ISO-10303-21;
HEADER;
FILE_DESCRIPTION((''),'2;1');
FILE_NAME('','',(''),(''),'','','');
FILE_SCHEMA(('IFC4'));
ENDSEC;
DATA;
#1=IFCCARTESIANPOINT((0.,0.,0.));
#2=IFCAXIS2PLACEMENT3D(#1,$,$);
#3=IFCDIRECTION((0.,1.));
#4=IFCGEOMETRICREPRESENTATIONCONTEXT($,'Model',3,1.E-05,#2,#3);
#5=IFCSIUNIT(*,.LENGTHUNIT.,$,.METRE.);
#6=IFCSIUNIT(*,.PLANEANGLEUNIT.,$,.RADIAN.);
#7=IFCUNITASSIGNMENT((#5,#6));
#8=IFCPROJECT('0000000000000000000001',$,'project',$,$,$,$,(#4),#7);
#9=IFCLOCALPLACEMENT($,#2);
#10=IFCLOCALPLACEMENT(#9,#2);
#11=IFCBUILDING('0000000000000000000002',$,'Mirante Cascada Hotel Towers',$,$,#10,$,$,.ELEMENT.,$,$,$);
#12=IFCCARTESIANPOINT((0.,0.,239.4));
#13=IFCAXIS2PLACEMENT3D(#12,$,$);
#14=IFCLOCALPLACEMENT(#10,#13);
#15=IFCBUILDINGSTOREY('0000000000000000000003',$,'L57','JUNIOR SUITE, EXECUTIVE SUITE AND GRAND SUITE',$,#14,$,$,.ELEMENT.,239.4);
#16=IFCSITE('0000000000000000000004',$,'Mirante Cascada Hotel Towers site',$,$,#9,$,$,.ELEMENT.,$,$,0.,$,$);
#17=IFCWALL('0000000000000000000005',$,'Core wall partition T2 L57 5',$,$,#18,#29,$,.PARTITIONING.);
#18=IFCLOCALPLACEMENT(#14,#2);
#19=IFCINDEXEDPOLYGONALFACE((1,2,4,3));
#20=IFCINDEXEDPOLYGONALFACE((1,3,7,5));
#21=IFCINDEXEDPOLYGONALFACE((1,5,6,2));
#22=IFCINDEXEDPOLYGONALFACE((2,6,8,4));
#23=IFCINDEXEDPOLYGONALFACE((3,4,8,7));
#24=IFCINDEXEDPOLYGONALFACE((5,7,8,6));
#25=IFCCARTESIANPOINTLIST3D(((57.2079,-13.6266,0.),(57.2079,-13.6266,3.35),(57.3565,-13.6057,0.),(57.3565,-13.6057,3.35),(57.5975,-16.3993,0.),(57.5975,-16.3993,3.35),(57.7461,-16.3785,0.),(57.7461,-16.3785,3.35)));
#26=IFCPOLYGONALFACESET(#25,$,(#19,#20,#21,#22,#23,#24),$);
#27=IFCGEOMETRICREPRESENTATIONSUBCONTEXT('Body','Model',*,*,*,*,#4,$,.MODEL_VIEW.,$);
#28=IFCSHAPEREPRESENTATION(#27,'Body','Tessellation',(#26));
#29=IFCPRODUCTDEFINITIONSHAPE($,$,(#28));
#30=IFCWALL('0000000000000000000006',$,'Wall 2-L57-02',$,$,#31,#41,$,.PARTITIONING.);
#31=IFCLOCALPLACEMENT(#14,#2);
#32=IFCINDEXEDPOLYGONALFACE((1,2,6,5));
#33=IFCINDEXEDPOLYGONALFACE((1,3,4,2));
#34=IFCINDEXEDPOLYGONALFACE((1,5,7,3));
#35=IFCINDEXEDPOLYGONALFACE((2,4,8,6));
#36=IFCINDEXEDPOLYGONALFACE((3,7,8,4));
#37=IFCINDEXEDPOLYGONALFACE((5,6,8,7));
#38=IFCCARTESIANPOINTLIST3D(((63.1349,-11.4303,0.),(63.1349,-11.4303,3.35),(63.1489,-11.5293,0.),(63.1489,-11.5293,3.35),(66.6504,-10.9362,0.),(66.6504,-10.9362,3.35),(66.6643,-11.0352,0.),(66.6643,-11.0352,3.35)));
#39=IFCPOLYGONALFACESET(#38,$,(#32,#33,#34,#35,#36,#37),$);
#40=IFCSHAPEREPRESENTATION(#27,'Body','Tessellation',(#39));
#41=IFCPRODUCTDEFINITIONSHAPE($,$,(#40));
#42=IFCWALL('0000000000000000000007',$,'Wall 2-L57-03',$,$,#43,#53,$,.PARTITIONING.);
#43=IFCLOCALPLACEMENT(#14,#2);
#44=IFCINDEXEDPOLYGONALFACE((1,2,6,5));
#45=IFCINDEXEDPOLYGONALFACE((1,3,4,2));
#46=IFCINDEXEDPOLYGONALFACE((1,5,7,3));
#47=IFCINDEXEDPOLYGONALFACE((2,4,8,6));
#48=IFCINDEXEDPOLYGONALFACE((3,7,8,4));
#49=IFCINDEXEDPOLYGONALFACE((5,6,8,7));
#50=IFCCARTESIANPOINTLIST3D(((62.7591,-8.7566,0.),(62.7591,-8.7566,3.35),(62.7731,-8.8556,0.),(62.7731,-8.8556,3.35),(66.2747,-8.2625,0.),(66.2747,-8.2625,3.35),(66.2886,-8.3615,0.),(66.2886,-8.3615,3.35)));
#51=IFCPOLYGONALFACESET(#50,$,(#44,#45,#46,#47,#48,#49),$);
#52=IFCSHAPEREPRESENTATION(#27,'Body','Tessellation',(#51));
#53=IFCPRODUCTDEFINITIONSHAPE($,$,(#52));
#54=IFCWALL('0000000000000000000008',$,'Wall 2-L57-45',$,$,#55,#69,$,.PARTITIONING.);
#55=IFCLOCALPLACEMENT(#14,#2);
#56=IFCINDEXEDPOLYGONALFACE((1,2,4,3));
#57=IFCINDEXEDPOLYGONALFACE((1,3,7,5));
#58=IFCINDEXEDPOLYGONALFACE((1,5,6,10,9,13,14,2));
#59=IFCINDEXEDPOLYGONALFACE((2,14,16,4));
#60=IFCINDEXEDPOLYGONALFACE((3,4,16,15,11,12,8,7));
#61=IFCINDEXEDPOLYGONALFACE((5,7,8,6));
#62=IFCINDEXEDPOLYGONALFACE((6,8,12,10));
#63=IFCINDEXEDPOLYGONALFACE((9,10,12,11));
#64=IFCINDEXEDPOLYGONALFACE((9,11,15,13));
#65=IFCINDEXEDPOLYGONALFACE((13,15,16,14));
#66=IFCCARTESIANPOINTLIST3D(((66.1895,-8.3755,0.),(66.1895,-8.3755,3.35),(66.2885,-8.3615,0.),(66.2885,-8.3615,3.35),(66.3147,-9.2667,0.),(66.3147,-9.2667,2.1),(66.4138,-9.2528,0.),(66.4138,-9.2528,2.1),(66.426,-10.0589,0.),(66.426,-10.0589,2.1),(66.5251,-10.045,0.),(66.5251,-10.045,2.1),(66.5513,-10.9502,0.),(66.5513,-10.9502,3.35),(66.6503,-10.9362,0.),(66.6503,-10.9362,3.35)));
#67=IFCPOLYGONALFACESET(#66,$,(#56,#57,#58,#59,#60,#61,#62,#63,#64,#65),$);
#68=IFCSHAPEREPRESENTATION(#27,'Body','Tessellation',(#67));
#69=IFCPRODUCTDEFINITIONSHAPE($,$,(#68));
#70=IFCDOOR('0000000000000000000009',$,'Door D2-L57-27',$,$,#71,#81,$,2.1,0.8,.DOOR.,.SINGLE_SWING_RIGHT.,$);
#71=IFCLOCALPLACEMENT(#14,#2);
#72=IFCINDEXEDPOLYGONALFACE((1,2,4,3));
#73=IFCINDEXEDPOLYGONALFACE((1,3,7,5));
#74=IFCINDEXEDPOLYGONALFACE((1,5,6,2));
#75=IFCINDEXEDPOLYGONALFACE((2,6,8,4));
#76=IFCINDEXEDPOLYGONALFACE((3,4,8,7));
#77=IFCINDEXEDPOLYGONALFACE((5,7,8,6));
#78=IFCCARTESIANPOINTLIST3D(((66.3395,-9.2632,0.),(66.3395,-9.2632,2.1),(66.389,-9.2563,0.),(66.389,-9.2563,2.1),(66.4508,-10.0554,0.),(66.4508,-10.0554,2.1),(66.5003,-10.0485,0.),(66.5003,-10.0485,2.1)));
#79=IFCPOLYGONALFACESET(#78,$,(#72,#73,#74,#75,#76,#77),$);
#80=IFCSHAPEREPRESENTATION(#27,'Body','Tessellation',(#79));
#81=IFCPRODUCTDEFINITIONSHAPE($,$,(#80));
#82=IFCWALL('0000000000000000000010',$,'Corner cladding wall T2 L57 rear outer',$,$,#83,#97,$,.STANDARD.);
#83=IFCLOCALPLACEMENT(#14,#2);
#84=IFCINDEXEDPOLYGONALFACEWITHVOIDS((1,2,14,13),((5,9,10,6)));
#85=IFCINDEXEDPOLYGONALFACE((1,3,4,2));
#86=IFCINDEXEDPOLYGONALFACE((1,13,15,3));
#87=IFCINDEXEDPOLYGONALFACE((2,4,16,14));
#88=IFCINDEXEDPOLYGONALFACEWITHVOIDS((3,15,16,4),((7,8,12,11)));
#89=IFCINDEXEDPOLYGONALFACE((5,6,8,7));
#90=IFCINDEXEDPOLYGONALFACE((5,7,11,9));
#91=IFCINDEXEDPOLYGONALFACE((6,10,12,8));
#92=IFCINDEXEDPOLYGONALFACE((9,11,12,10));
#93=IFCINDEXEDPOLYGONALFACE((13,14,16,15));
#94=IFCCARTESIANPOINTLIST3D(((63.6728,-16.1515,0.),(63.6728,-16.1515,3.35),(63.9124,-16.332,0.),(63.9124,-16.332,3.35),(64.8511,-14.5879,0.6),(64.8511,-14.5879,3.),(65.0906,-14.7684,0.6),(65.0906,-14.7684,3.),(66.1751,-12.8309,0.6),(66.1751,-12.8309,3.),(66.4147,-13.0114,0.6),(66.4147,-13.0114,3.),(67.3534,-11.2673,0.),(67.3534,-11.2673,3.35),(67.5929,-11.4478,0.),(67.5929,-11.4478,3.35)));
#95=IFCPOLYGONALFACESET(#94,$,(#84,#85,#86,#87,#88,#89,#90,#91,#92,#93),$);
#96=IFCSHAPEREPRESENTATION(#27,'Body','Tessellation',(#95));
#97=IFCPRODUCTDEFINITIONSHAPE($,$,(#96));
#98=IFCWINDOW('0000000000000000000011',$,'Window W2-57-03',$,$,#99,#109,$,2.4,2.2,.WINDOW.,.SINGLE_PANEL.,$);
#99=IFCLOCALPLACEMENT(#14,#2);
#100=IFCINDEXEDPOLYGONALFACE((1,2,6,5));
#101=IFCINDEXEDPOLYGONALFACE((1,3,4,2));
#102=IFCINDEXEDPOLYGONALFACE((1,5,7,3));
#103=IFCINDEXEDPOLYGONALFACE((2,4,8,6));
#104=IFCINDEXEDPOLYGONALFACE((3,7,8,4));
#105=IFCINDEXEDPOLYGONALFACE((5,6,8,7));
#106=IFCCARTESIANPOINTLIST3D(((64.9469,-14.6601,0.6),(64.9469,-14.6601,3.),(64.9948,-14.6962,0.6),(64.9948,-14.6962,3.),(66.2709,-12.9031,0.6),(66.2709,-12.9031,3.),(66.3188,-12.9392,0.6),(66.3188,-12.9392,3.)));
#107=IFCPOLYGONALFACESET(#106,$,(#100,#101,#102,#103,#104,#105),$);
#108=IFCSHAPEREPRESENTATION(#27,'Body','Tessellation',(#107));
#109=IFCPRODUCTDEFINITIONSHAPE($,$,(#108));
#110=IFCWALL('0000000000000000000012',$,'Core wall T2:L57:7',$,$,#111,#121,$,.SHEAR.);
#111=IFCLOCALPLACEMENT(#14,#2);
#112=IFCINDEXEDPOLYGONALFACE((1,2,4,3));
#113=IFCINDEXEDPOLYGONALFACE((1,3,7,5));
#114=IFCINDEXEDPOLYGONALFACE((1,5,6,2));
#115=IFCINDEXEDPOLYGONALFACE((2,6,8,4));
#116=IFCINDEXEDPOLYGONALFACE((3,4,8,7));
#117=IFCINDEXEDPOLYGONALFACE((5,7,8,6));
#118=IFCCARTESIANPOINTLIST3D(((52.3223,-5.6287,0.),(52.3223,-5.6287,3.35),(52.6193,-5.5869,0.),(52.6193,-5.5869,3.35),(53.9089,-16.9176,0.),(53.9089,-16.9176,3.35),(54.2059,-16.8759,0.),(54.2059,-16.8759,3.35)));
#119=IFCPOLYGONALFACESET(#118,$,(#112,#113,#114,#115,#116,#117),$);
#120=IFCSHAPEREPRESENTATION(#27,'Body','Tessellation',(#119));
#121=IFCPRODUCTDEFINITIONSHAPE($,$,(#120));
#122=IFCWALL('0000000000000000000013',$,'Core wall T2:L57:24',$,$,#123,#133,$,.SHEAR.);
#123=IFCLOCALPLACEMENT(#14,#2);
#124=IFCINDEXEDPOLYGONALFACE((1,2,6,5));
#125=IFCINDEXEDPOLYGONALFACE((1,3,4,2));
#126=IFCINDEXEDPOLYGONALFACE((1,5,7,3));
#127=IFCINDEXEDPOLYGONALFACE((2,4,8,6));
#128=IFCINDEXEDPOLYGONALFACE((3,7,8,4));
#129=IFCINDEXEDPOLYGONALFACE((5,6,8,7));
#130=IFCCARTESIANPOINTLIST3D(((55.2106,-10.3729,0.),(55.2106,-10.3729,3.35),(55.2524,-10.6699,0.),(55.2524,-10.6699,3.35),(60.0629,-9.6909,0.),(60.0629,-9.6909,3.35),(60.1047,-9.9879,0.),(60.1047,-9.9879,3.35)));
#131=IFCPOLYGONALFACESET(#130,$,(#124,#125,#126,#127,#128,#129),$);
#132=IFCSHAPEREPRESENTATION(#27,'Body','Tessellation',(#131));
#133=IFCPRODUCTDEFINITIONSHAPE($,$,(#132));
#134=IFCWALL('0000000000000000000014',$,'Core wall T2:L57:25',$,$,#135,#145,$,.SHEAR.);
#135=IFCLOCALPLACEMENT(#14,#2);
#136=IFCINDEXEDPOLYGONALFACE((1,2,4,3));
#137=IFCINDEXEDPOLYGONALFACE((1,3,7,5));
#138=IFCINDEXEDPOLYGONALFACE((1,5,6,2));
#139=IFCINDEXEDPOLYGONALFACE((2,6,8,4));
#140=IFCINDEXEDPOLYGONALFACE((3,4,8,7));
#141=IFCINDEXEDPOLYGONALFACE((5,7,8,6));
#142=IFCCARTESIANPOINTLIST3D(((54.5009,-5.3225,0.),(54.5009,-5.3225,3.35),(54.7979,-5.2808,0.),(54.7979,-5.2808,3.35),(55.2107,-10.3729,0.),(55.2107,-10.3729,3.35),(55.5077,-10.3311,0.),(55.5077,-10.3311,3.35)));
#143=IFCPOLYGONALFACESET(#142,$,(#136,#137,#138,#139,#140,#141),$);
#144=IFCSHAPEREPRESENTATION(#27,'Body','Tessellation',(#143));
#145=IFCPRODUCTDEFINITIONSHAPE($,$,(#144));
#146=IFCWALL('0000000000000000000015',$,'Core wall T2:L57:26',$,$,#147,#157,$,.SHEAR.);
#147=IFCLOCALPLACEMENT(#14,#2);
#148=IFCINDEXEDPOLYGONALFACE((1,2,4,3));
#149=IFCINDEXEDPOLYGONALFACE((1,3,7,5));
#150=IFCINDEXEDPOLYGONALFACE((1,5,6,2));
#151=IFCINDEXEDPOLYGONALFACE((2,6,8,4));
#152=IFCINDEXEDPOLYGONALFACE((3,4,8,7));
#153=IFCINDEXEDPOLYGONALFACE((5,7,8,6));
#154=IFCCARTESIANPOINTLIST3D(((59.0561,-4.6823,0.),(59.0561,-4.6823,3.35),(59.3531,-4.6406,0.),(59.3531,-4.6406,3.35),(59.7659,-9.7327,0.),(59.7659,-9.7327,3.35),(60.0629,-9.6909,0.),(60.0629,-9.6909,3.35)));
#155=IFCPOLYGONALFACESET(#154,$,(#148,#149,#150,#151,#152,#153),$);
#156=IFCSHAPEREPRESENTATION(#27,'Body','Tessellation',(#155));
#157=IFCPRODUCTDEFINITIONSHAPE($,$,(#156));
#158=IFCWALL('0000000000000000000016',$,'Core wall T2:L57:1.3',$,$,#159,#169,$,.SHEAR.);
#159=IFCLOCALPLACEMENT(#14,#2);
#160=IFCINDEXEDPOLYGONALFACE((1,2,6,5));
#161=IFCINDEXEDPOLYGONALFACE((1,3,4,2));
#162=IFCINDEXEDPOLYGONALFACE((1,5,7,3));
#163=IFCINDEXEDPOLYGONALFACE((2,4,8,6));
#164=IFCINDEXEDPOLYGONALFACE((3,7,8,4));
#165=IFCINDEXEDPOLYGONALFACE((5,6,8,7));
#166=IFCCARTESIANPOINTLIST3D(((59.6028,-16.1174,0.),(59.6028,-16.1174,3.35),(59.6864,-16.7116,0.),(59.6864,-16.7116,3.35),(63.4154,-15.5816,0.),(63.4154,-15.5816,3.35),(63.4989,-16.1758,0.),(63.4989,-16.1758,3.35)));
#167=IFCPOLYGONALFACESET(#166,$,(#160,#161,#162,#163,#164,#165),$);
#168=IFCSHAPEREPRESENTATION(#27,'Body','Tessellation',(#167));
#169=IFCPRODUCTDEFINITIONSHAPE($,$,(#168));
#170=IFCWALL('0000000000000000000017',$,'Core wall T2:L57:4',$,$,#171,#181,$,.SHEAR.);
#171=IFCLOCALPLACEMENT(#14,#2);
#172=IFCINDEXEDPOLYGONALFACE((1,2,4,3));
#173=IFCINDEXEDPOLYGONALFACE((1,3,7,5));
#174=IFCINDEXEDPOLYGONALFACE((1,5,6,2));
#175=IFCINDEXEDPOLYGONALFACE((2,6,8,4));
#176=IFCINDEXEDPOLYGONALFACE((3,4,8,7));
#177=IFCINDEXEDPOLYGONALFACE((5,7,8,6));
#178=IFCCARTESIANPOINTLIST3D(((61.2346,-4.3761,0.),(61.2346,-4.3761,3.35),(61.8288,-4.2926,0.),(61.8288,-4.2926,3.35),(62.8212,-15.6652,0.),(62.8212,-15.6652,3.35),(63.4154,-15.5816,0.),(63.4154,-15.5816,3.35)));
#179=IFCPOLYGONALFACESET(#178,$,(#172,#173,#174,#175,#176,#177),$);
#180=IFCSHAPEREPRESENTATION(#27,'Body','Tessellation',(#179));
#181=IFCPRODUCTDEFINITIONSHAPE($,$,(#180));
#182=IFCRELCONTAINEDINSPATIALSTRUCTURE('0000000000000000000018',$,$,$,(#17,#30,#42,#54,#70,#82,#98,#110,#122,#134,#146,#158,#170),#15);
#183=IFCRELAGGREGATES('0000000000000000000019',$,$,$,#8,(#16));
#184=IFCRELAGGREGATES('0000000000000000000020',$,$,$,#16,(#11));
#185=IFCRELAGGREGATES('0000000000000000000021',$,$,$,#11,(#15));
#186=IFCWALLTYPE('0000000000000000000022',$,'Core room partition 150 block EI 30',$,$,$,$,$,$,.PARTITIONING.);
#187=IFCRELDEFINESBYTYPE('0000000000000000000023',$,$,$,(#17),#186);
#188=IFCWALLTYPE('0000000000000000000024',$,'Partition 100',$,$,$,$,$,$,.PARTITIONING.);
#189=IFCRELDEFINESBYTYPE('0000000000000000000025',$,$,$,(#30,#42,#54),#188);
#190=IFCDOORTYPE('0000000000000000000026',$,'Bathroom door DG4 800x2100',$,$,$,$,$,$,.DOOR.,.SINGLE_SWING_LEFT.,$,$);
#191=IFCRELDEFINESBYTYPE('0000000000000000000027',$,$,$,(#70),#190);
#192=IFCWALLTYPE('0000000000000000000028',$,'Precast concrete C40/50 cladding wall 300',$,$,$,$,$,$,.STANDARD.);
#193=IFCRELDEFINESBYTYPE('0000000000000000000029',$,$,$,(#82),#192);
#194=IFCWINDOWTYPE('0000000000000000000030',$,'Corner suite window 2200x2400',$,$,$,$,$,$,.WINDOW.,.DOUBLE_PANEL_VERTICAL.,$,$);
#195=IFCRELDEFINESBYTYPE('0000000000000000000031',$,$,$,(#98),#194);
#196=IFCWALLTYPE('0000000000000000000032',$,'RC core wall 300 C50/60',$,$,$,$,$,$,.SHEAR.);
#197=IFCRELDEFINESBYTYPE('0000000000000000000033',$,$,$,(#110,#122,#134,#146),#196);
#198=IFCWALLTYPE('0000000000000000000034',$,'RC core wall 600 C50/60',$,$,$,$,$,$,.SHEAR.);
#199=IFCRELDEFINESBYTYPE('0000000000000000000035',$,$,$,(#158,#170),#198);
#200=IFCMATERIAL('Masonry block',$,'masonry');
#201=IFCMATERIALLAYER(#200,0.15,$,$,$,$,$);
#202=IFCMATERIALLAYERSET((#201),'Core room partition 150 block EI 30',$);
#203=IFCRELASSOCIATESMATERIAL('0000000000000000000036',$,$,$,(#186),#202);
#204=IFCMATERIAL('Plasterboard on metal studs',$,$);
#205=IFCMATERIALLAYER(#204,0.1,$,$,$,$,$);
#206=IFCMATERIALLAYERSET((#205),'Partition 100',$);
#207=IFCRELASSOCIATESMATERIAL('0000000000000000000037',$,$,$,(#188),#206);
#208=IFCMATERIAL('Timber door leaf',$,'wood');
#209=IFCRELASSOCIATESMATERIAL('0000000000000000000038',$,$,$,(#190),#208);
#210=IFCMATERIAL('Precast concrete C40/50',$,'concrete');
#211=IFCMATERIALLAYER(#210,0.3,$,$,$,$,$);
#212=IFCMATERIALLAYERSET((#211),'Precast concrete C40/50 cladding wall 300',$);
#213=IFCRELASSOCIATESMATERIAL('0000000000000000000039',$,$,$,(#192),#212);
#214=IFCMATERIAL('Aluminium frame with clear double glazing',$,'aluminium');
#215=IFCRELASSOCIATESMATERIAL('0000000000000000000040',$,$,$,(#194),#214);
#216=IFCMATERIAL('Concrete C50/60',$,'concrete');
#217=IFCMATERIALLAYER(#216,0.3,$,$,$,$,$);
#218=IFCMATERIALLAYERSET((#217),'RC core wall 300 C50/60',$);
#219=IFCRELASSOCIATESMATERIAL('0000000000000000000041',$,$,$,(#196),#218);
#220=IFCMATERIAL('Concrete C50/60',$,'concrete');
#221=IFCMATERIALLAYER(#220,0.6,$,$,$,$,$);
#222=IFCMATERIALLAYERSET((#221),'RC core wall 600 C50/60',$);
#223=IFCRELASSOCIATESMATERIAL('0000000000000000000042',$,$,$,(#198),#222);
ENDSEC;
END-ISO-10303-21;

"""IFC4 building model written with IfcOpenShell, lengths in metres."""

from ifc_helpers import new_model, si_unit, direction, frame, frame_2d, origin, place, context, subcontext, project, spatial, rectangle, extrude, material, layer, layer_set, type_object, element, fill, save


model = new_model("IFC4")

# Units and contexts
model_context = context("Model", 3, precision=1e-05, world=origin(), true_north=direction((0.0, 1.0)))
body_context = subcontext(model_context, "Body", "Model", "MODEL_VIEW")
ifc_project = project(units=[si_unit("LENGTHUNIT", "METRE"), si_unit("PLANEANGLEUNIT", "RADIAN")], contexts=[model_context])

# Site, building, storey
site_placement = place(None, origin())
site = spatial("IfcSite", under=ifc_project, at=site_placement, Name="Mirante Cascada Hotel Towers site", CompositionType="ELEMENT", RefElevation=0.0)
building_placement = place(site_placement, origin())
building = spatial("IfcBuilding", under=site, at=building_placement, Name="Mirante Cascada Hotel Towers", CompositionType="ELEMENT")
storey_placement = place(building_placement, frame((0.0, 0.0, 239.4)))
storey = spatial("IfcBuildingStorey", under=building, at=storey_placement, Name="L57", Description="JUNIOR SUITE, EXECUTIVE SUITE AND GRAND SUITE", CompositionType="ELEMENT", Elevation=239.4)

# Walls
ifc_material_1 = material(Name="Masonry block", Category="masonry")
ifc_layer_1 = layer(ifc_material_1, 0.15)
ifc_layer_set_1 = layer_set([ifc_layer_1], Name="Core room partition 150 block EI 30")
wall_type_1 = type_object("IfcWallType", Name="Core room partition 150 block EI 30", PredefinedType="PARTITIONING", material=ifc_layer_set_1)
wall_1_placement = place(storey_placement, frame((57.6718, -16.3889, 0.0), z_axis=(0.0, 0.0, 1.0), x_axis=(-0.139141, 0.990273, 0.0)))
element("IfcWall", 1, at=wall_1_placement, inside=storey, type_object=wall_type_1, Name="Core wall partition T2 L57 5", PredefinedType="PARTITIONING", context=body_context, shape_type="SweptSolid", body=[
    extrude(rectangle(XDim=2.8, YDim=0.15, at=frame_2d((1.4, 0.0))), origin(), (0.0, 0.0, 1.0), 3.35),
])
ifc_material_2 = material(Name="Plasterboard on metal studs")
ifc_layer_2 = layer(ifc_material_2, 0.1)
ifc_layer_set_2 = layer_set([ifc_layer_2], Name="Partition 100")
wall_type_2 = type_object("IfcWallType", Name="Partition 100", PredefinedType="PARTITIONING", material=ifc_layer_set_2)
wall_2_placement = place(storey_placement, frame((63.1419, -11.4798, 0.0), z_axis=(0.0, 0.0, 1.0), x_axis=(0.990266, 0.139185, 0.0)))
element("IfcWall", 2, at=wall_2_placement, inside=storey, type_object=wall_type_2, Name="Wall 2-L57-02", PredefinedType="PARTITIONING", context=body_context, shape_type="SweptSolid", body=[
    extrude(rectangle(XDim=3.55, YDim=0.1, at=frame_2d((1.775, 0.0))), origin(), (0.0, 0.0, 1.0), 3.35),
])
wall_3_placement = place(storey_placement, frame((66.2816, -8.312, 0.0), z_axis=(0.0, 0.0, 1.0), x_axis=(-0.990267, -0.139181, 0.0)))
element("IfcWall", 3, at=wall_3_placement, inside=storey, type_object=wall_type_2, Name="Wall 2-L57-03", PredefinedType="PARTITIONING", context=body_context, shape_type="SweptSolid", body=[
    extrude(rectangle(XDim=3.5501, YDim=0.1, at=frame_2d((1.775, 0.0))), origin(), (0.0, 0.0, 1.0), 3.35),
])

# Wall, opening, door
wall_4_placement = place(storey_placement, frame((66.239, -8.3685, 0.0), z_axis=(0.0, 0.0, 1.0), x_axis=(0.139154, -0.990271, 0.0)))
wall_4 = element("IfcWall", 4, at=wall_4_placement, inside=storey, type_object=wall_type_2, Name="Wall 2-L57-45", PredefinedType="PARTITIONING", context=body_context, shape_type="SweptSolid", body=[
    extrude(rectangle(XDim=2.6, YDim=0.1, at=frame_2d((1.3, 0.0))), origin(), (0.0, 0.0, 1.0), 3.35),
])
opening_1_placement = place(wall_4_placement, frame((0.9, 0.0, 0.0)))
opening_1 = element("IfcOpeningElement", 5, at=opening_1_placement, cuts=wall_4, PredefinedType="OPENING", context=body_context, shape_type="SweptSolid", body=[
    extrude(rectangle(XDim=0.8, YDim=2.1, at=frame_2d((0.4, 1.05))), frame((0.0, 0.05, 0.0), z_axis=(0.0, -1.0, 0.0), x_axis=(1.0, 0.0, 0.0)), (0.0, 0.0, 1.0), 0.1),
])
ifc_material_3 = material(Name="Timber door leaf", Category="wood")
door_type = type_object("IfcDoorType", Name="Bathroom door DG4 800x2100", OperationType="SINGLE_SWING_LEFT", PredefinedType="DOOR", material=ifc_material_3)
door_placement = place(opening_1_placement, frame((0.8, 0.0, 0.0), z_axis=(0.0, 0.0, 1.0), x_axis=(-1.0, 0.0, 0.0)))
door = element("IfcDoor", 6, at=door_placement, inside=storey, type_object=door_type, Name="Door D2-L57-27", OperationType="SINGLE_SWING_RIGHT", OverallHeight=2.1, OverallWidth=0.8, PredefinedType="DOOR", context=body_context, shape_type="SweptSolid", body=[
    extrude(rectangle(XDim=0.8, YDim=2.1, at=frame_2d((0.4, 1.05))), frame((0.0, 0.025, 0.0), z_axis=(0.0, -1.0, 0.0), x_axis=(1.0, 0.0, 0.0)), (0.0, 0.0, 1.0), 0.05),
])
fill(opening_1, door)

# Wall, opening, window
ifc_material_4 = material(Name="Precast concrete C40/50", Category="concrete")
ifc_layer_3 = layer(ifc_material_4, 0.3)
ifc_layer_set_3 = layer_set([ifc_layer_3], Name="Precast concrete C40/50 cladding wall 300")
wall_type_3 = type_object("IfcWallType", Name="Precast concrete C40/50 cladding wall 300", PredefinedType="STANDARD", material=ifc_layer_set_3)
wall_5_placement = place(storey_placement, frame((63.7926, -16.2417, 0.0), z_axis=(0.0, 0.0, 1.0), x_axis=(0.601824, 0.798628, 0.0)))
wall_5 = element("IfcWall", 7, at=wall_5_placement, inside=storey, type_object=wall_type_3, Name="Corner cladding wall T2 L57 rear outer", PredefinedType="STANDARD", context=body_context, shape_type="SweptSolid", body=[
    extrude(rectangle(XDim=6.1157, YDim=0.3, at=frame_2d((3.0578, 0.0))), origin(), (0.0, 0.0, 1.0), 3.35),
])
opening_2_placement = place(wall_5_placement, frame((1.9578, 0.0, 0.6)))
opening_2 = element("IfcOpeningElement", 8, at=opening_2_placement, cuts=wall_5, PredefinedType="OPENING", context=body_context, shape_type="SweptSolid", body=[
    extrude(rectangle(XDim=2.2, YDim=2.4, at=frame_2d((1.1, 1.2))), frame((0.0, 0.15, 0.0), z_axis=(0.0, -1.0, 0.0), x_axis=(1.0, 0.0, 0.0)), (0.0, 0.0, 1.0), 0.3),
])
ifc_material_5 = material(Name="Aluminium frame with clear double glazing", Category="aluminium")
window_type = type_object("IfcWindowType", Name="Corner suite window 2200x2400", PartitioningType="DOUBLE_PANEL_VERTICAL", PredefinedType="WINDOW", material=ifc_material_5)
window_placement = place(opening_2_placement, origin())
window = element("IfcWindow", 9, at=window_placement, inside=storey, type_object=window_type, Name="Window W2-57-03", OverallHeight=2.4, OverallWidth=2.2, PartitioningType="SINGLE_PANEL", PredefinedType="WINDOW", context=body_context, shape_type="SweptSolid", body=[
    extrude(rectangle(XDim=2.2, YDim=2.4, at=frame_2d((1.1, 1.2))), frame((0.0, 0.03, 0.0), z_axis=(0.0, -1.0, 0.0), x_axis=(1.0, 0.0, 0.0)), (0.0, 0.0, 1.0), 0.06),
])
fill(opening_2, window)

# Walls
ifc_material_6 = material(Name="Concrete C50/60", Category="concrete")
ifc_layer_4 = layer(ifc_material_6, 0.3)
ifc_layer_set_4 = layer_set([ifc_layer_4], Name="RC core wall 300 C50/60")
wall_type_4 = type_object("IfcWallType", Name="RC core wall 300 C50/60", PredefinedType="SHEAR", material=ifc_layer_set_4)
wall_6_placement = place(storey_placement, frame((54.0574, -16.8968, 0.0), z_axis=(0.0, 0.0, 1.0), x_axis=(-0.139176, 0.990268, 0.0)))
element("IfcWall", 10, at=wall_6_placement, inside=storey, type_object=wall_type_4, Name="Core wall T2:L57:7", PredefinedType="SHEAR", context=body_context, shape_type="SweptSolid", body=[
    extrude(rectangle(XDim=11.3999, YDim=0.3, at=frame_2d((5.7, 0.0))), origin(), (0.0, 0.0, 1.0), 3.35),
])
wall_7_placement = place(storey_placement, frame((55.2315, -10.5214, 0.0), z_axis=(0.0, 0.0, 1.0), x_axis=(0.990267, 0.139184, 0.0)))
element("IfcWall", 11, at=wall_7_placement, inside=storey, type_object=wall_type_4, Name="Core wall T2:L57:24", PredefinedType="SHEAR", context=body_context, shape_type="SweptSolid", body=[
    extrude(rectangle(XDim=4.9, YDim=0.3, at=frame_2d((2.45, 0.0))), origin(), (0.0, 0.0, 1.0), 3.35),
])
for number, where, z_axis, x_axis, name in (
    (12, (55.3592, -10.352, 0.0), (0.0, 0.0, 1.0), (-0.139176, 0.990268, 0.0), "Core wall T2:L57:25"),
    (13, (59.9144, -9.7118, 0.0), (0.0, 0.0, 1.0), (-0.139176, 0.990268, 0.0), "Core wall T2:L57:26"),
):
    element("IfcWall", number, at=place(storey_placement, frame(where, z_axis=z_axis, x_axis=x_axis)), inside=storey, type_object=wall_type_4, Name=name, PredefinedType="SHEAR", context=body_context, shape_type="SweptSolid", body=[
        extrude(rectangle(XDim=5.1, YDim=0.3, at=frame_2d((2.55, 0.0))), origin(), (0.0, 0.0, 1.0), 3.35),
    ])
ifc_material_7 = material(Name="Concrete C50/60", Category="concrete")
ifc_layer_5 = layer(ifc_material_7, 0.6)
ifc_layer_set_5 = layer_set([ifc_layer_5], Name="RC core wall 600 C50/60")
wall_type_5 = type_object("IfcWallType", Name="RC core wall 600 C50/60", PredefinedType="SHEAR", material=ifc_layer_set_5)
wall_8_placement = place(storey_placement, frame((59.6446, -16.4145, 0.0), z_axis=(0.0, 0.0, 1.0), x_axis=(0.990268, 0.13917, 0.0)))
element("IfcWall", 14, at=wall_8_placement, inside=storey, type_object=wall_type_5, Name="Core wall T2:L57:1.3", PredefinedType="SHEAR", context=body_context, shape_type="SweptSolid", body=[
    extrude(rectangle(XDim=3.85, YDim=0.6, at=frame_2d((1.925, 0.0))), origin(), (0.0, 0.0, 1.0), 3.35),
])
wall_9_placement = place(storey_placement, frame((63.1183, -15.6234, 0.0), z_axis=(0.0, 0.0, 1.0), x_axis=(-0.139175, 0.990268, 0.0)))
element("IfcWall", 15, at=wall_9_placement, inside=storey, type_object=wall_type_5, Name="Core wall T2:L57:4", PredefinedType="SHEAR", context=body_context, shape_type="SweptSolid", body=[
    extrude(rectangle(XDim=11.4, YDim=0.6, at=frame_2d((5.7, 0.0))), origin(), (0.0, 0.0, 1.0), 3.35),
])

save(model, "model.ifc")
